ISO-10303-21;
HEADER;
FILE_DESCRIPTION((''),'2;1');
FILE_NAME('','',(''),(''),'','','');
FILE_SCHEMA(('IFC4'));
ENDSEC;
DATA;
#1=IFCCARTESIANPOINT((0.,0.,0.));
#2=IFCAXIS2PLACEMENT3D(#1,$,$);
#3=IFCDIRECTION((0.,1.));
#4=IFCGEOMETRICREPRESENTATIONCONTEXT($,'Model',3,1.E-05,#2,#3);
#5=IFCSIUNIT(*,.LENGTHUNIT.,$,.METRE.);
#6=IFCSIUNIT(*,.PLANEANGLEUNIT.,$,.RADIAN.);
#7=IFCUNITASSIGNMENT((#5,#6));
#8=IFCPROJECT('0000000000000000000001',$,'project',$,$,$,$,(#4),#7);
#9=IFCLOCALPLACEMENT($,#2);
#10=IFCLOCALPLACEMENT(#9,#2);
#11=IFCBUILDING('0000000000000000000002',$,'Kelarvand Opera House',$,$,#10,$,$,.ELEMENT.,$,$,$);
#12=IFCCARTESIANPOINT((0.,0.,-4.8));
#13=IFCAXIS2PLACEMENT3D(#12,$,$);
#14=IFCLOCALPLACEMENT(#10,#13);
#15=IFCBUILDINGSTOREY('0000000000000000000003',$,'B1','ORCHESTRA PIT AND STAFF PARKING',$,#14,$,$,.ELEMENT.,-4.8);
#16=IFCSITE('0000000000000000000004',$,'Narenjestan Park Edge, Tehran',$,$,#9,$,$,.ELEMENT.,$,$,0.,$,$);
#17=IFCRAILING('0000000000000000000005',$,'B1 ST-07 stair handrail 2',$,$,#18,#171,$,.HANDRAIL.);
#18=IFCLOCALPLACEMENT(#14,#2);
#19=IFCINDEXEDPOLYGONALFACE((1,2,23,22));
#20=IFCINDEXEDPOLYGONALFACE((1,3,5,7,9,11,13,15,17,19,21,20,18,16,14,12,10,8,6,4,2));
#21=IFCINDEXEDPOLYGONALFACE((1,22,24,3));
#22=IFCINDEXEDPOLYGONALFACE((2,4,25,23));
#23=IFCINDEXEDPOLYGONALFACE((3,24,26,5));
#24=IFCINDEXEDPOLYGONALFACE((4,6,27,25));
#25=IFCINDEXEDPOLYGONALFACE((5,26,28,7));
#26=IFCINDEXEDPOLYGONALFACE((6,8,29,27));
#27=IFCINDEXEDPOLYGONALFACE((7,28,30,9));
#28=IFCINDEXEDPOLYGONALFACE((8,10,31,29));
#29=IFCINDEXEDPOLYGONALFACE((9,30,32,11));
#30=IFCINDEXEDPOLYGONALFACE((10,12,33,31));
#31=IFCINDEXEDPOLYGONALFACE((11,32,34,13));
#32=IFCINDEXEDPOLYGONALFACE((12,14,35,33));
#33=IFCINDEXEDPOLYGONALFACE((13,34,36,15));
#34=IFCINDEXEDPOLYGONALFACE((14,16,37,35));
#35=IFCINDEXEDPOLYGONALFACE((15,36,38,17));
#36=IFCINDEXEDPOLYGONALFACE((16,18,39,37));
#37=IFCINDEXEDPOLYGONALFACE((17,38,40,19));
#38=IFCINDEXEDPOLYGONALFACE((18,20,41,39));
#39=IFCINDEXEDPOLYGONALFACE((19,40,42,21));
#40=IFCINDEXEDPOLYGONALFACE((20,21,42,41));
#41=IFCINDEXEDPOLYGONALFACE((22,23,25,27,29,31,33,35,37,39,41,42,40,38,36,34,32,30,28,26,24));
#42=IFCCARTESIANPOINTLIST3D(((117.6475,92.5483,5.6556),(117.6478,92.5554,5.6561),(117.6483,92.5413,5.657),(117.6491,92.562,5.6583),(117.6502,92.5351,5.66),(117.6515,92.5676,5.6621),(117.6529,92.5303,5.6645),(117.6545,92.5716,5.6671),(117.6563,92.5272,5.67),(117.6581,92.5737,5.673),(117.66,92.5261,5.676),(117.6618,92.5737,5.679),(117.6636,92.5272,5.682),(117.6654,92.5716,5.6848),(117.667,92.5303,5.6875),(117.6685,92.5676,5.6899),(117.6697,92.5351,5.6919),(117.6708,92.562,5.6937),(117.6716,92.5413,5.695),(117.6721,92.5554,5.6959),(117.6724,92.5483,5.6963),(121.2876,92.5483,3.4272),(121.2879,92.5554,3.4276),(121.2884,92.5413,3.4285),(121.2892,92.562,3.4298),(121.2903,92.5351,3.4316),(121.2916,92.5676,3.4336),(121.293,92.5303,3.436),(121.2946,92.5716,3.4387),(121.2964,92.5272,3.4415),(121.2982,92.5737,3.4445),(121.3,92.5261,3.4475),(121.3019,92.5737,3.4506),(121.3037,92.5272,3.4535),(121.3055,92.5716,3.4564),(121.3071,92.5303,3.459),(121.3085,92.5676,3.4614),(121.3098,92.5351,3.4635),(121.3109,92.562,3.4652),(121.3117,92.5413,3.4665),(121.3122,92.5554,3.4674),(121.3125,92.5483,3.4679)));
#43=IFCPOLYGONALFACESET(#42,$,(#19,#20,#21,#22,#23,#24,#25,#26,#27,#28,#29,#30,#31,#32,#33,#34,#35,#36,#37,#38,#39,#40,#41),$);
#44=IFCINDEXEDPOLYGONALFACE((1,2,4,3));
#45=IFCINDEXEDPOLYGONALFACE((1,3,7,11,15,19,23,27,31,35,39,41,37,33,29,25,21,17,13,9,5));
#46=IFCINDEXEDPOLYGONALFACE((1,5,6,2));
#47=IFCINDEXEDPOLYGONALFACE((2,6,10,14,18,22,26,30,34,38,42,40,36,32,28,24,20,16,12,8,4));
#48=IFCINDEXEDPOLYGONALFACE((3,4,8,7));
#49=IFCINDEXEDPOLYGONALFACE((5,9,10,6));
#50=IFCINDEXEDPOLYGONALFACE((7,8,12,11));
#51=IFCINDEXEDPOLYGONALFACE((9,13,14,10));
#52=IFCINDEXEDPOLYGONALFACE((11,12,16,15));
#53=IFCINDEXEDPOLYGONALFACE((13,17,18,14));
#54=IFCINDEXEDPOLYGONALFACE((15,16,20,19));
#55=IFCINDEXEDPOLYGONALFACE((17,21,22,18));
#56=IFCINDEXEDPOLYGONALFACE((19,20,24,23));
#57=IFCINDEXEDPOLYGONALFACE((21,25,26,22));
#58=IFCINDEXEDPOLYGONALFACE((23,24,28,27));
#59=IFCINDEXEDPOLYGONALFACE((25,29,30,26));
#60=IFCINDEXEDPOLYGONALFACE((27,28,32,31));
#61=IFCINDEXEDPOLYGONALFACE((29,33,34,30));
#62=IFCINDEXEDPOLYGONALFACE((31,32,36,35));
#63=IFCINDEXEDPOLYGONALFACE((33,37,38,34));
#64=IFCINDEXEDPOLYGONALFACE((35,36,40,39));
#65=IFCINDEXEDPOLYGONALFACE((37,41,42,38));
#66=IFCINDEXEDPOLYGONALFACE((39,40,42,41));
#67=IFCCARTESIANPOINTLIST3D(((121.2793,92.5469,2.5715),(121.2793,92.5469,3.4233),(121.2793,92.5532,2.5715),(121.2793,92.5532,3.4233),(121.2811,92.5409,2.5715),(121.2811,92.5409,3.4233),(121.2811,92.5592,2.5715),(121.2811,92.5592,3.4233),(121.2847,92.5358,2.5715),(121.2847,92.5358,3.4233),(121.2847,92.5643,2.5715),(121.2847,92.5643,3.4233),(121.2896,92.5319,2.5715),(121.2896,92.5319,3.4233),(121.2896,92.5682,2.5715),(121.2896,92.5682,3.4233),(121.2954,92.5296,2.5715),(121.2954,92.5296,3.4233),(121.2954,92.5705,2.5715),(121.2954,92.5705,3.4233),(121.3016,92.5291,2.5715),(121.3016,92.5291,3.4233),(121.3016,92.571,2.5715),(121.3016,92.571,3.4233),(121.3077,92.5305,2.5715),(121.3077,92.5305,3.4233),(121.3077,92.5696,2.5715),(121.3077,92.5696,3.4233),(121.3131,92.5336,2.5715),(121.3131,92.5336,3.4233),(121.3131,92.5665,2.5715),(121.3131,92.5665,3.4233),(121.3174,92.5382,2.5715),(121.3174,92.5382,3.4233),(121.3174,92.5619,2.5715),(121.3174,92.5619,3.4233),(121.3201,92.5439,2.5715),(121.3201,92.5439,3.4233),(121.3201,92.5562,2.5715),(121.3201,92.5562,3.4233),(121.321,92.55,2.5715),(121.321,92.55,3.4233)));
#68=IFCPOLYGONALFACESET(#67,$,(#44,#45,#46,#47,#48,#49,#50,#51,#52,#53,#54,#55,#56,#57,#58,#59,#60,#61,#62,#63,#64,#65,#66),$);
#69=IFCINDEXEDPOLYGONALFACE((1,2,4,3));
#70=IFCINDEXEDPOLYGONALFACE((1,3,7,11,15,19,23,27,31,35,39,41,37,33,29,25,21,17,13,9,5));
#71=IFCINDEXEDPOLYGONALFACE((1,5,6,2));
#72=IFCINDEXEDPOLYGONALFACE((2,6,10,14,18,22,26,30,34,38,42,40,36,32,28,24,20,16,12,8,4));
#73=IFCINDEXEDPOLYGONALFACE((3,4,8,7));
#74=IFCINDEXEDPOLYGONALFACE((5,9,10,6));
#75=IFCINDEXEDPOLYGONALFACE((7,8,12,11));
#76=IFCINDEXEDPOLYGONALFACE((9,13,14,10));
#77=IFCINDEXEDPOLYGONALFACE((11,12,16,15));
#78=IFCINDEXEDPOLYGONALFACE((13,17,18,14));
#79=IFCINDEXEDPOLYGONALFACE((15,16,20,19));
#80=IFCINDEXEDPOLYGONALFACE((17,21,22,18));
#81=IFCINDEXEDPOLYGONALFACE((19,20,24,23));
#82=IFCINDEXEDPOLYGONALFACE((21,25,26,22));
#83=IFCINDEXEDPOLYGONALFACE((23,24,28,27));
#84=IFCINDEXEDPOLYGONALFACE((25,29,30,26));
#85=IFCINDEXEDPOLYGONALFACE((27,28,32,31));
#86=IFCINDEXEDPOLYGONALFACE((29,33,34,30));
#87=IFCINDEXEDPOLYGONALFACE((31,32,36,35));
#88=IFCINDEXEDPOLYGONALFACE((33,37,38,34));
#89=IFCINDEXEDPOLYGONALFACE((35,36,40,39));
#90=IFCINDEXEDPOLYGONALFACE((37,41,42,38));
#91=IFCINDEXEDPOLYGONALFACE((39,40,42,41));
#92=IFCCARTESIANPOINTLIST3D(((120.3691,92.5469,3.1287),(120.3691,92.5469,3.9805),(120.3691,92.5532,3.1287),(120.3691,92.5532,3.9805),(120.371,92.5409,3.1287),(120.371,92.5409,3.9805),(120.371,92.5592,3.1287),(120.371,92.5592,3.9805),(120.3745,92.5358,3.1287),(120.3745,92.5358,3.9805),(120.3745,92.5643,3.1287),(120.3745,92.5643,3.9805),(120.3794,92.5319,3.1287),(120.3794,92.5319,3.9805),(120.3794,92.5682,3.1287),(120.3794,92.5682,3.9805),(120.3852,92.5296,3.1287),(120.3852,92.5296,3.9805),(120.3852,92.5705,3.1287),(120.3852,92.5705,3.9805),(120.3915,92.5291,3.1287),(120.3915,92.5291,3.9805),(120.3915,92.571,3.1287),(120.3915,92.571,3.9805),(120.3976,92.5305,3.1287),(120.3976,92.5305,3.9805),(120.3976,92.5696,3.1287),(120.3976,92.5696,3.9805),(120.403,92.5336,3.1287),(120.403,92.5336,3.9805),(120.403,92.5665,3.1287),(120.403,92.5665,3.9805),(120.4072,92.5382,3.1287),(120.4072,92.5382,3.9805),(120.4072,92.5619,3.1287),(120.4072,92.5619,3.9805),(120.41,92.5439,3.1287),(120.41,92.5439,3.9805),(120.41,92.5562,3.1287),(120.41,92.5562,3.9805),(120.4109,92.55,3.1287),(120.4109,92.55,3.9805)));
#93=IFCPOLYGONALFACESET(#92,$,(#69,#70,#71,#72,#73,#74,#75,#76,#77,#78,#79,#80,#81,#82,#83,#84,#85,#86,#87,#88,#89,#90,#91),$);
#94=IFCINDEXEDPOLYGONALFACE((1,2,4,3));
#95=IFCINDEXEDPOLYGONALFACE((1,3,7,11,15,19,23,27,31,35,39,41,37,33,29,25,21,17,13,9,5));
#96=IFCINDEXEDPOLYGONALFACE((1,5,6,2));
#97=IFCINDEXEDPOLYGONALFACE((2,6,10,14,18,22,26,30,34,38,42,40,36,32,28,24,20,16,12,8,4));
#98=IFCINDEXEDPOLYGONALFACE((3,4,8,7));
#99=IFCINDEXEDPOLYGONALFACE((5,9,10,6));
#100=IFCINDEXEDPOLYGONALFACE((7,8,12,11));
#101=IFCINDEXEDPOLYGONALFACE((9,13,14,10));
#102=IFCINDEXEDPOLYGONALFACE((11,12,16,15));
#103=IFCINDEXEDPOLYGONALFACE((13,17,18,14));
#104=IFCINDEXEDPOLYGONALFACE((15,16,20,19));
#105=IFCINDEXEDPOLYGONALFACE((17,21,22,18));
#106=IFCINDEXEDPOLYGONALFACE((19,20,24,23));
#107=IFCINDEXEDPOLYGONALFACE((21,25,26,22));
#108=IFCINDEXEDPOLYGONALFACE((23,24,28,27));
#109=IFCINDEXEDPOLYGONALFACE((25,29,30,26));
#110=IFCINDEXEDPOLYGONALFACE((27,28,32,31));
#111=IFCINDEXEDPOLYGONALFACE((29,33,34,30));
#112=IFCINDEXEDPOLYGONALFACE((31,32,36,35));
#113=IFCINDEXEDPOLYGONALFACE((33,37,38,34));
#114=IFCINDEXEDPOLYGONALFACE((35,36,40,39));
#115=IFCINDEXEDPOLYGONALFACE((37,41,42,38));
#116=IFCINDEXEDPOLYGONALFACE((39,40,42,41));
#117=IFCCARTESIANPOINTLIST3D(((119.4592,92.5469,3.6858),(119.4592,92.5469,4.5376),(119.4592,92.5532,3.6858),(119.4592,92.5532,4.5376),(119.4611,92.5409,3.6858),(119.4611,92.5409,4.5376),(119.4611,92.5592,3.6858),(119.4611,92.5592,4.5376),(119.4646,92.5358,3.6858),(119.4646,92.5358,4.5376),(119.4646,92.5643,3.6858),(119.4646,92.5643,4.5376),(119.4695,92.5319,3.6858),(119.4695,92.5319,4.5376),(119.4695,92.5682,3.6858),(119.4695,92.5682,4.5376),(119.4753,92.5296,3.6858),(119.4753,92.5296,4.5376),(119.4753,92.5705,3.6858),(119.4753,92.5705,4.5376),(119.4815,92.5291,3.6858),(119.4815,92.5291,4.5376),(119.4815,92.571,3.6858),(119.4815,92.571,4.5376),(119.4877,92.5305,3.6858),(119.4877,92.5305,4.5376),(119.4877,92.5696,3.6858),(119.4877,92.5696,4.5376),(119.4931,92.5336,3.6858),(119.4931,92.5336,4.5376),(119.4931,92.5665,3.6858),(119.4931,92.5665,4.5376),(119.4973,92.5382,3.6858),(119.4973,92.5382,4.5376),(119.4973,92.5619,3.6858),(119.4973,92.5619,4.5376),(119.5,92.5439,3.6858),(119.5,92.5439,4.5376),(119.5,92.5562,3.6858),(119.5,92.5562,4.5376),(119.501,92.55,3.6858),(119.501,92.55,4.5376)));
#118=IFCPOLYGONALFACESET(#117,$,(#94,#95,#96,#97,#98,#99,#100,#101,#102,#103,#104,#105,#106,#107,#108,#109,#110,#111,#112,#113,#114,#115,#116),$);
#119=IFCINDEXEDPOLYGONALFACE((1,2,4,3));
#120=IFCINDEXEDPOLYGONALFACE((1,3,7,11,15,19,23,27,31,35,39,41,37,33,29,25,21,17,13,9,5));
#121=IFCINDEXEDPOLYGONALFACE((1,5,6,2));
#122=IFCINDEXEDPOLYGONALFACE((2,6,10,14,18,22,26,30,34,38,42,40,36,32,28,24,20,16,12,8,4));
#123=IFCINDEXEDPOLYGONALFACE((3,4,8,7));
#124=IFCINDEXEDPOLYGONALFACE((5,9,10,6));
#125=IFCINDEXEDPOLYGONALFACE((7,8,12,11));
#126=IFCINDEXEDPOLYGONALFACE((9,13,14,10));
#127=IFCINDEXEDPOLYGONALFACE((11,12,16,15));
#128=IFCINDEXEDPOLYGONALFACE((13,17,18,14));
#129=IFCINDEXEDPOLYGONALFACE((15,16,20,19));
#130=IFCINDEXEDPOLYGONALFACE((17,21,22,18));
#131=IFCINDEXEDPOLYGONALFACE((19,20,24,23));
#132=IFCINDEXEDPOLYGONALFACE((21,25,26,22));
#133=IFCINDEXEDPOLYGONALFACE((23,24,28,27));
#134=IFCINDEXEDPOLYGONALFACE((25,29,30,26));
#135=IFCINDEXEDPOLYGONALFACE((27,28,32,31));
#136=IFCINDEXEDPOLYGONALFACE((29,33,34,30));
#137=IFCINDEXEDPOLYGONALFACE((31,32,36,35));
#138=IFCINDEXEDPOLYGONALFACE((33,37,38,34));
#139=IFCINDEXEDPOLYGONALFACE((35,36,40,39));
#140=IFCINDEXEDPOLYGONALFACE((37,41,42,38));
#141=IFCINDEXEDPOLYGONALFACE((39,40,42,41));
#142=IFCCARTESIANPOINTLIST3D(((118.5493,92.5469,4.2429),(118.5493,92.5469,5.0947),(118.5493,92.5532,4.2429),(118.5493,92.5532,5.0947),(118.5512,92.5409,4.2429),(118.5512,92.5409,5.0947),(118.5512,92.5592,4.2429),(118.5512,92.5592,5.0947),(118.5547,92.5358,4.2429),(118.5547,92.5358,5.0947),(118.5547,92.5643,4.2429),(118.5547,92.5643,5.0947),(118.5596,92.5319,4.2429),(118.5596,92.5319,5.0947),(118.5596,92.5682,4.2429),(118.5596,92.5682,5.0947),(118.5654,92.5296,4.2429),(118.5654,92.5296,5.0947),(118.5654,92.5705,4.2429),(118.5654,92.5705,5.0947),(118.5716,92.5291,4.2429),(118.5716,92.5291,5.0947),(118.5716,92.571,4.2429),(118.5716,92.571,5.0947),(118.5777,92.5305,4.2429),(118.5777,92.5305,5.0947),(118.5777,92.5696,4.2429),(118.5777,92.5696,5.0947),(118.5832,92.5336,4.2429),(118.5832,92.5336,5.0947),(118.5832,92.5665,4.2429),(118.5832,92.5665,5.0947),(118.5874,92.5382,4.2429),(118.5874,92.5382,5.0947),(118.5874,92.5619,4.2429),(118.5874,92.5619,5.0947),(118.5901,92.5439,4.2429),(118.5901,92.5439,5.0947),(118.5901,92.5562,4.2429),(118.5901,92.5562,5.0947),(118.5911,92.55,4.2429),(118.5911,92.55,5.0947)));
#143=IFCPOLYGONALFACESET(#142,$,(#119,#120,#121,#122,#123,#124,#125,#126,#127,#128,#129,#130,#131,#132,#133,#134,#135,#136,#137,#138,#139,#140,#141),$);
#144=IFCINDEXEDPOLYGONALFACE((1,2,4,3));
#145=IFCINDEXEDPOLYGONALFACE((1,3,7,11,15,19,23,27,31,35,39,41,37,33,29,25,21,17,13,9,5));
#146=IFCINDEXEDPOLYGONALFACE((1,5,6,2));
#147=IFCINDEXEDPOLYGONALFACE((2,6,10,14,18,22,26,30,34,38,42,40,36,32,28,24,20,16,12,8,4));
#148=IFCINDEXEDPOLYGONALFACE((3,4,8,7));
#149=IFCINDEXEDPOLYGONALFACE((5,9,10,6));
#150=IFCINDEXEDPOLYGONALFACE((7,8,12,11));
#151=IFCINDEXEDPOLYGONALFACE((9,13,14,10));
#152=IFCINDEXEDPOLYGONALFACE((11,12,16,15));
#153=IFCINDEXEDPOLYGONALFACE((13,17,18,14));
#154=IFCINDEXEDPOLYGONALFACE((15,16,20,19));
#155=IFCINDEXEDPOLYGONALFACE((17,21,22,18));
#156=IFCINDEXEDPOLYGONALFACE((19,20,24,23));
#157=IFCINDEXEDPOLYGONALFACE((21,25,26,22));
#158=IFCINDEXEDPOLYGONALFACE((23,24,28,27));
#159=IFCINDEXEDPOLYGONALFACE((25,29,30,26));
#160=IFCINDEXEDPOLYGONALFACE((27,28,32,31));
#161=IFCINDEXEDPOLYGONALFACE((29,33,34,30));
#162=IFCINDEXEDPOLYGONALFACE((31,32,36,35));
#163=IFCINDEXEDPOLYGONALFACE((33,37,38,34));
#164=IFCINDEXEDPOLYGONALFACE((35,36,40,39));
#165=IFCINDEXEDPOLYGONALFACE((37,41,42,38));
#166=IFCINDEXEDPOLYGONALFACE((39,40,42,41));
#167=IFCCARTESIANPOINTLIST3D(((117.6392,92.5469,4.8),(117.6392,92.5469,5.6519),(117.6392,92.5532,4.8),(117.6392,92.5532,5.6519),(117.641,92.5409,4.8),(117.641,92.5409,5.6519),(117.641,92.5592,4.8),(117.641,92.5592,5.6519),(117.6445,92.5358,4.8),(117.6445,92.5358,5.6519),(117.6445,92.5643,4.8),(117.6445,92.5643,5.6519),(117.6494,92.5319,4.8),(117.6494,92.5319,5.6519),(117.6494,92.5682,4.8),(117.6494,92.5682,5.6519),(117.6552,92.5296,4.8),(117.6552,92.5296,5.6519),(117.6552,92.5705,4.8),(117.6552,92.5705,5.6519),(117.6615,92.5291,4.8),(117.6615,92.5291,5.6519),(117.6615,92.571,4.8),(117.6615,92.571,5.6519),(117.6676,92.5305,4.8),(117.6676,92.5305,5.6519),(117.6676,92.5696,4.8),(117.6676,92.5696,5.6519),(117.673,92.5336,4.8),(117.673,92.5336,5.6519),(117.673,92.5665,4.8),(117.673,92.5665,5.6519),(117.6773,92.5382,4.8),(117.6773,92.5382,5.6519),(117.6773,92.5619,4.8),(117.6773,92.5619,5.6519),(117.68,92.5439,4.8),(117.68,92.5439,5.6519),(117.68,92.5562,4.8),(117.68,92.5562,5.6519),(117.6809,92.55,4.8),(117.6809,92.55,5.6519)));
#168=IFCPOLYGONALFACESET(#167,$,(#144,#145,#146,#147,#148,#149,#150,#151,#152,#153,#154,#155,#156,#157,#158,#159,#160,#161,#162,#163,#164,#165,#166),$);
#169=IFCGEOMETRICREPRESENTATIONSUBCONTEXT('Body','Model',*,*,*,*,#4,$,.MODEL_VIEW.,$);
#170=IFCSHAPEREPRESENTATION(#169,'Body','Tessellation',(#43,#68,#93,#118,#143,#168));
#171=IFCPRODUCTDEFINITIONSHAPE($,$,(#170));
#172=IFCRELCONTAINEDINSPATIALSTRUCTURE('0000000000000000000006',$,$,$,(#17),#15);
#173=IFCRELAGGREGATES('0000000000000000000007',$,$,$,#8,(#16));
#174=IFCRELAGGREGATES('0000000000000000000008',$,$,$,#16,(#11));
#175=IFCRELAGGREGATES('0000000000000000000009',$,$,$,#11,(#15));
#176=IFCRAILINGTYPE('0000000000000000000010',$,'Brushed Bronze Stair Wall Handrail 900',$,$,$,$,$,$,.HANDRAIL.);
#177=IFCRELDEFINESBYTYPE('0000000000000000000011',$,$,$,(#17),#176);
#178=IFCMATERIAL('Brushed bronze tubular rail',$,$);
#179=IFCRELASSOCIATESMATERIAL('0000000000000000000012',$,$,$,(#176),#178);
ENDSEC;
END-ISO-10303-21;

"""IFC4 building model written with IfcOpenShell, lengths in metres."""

from ifc_helpers import new_model, si_unit, direction, frame, origin, origin_2d, place, context, subcontext, project, spatial, circle, extrude, material, type_object, element, save


model = new_model("IFC4")

# Units and contexts
model_context = context("Model", 3, precision=1e-05, world=origin(), true_north=direction((0.0, 1.0)))
body_context = subcontext(model_context, "Body", "Model", "MODEL_VIEW")
ifc_project = project(units=[si_unit("LENGTHUNIT", "METRE"), si_unit("PLANEANGLEUNIT", "RADIAN")], contexts=[model_context])

# Site, building, storey
site_placement = place(None, origin())
site = spatial("IfcSite", under=ifc_project, at=site_placement, Name="Narenjestan Park Edge, Tehran", CompositionType="ELEMENT", RefElevation=0.0)
building_placement = place(site_placement, origin())
building = spatial("IfcBuilding", under=site, at=building_placement, Name="Kelarvand Opera House", CompositionType="ELEMENT")
storey_placement = place(building_placement, frame((0.0, 0.0, -4.8)))
storey = spatial("IfcBuildingStorey", under=building, at=storey_placement, Name="B1", Description="ORCHESTRA PIT AND STAFF PARKING", CompositionType="ELEMENT", Elevation=-4.8)

# Railing
ifc_material_1 = material(Name="Brushed bronze tubular rail")
railing_type_1 = type_object("IfcRailingType", Name="Brushed Bronze Stair Wall Handrail 900", PredefinedType="HANDRAIL", material=ifc_material_1)
railing_1_placement = place(storey_placement, frame((121.3, 92.55, 2.5715)))
element("IfcRailing", 1, at=railing_1_placement, inside=storey, type_object=railing_type_1, Name="B1 ST-07 stair handrail 2", PredefinedType="HANDRAIL", context=body_context, shape_type="SweptSolid", body=[
    extrude(circle(Radius=0.0239, at=origin_2d()), frame((0.0, 0.0, 0.876), z_axis=(-0.852866, 0.0, 0.52213), x_axis=(0.0, -1.0, 0.0)), (0.0, 0.0, 1.0), 4.2681),
    extrude(circle(Radius=0.021, at=origin_2d()), origin(), (0.0, 0.0, 1.0), 0.8518),
    extrude(circle(Radius=0.021, at=origin_2d()), frame((-0.9102, 0.0, 0.5571)), (0.0, 0.0, 1.0), 0.8518),
    extrude(circle(Radius=0.021, at=origin_2d()), frame((-1.8201, 0.0, 1.1143)), (0.0, 0.0, 1.0), 0.8518),
    extrude(circle(Radius=0.021, at=origin_2d()), frame((-2.73, 0.0, 1.6714)), (0.0, 0.0, 1.0), 0.8518),
    extrude(circle(Radius=0.021, at=origin_2d()), frame((-3.6401, 0.0, 2.2285)), (0.0, 0.0, 1.0), 0.8518),
])

save(model, "model.ifc")
